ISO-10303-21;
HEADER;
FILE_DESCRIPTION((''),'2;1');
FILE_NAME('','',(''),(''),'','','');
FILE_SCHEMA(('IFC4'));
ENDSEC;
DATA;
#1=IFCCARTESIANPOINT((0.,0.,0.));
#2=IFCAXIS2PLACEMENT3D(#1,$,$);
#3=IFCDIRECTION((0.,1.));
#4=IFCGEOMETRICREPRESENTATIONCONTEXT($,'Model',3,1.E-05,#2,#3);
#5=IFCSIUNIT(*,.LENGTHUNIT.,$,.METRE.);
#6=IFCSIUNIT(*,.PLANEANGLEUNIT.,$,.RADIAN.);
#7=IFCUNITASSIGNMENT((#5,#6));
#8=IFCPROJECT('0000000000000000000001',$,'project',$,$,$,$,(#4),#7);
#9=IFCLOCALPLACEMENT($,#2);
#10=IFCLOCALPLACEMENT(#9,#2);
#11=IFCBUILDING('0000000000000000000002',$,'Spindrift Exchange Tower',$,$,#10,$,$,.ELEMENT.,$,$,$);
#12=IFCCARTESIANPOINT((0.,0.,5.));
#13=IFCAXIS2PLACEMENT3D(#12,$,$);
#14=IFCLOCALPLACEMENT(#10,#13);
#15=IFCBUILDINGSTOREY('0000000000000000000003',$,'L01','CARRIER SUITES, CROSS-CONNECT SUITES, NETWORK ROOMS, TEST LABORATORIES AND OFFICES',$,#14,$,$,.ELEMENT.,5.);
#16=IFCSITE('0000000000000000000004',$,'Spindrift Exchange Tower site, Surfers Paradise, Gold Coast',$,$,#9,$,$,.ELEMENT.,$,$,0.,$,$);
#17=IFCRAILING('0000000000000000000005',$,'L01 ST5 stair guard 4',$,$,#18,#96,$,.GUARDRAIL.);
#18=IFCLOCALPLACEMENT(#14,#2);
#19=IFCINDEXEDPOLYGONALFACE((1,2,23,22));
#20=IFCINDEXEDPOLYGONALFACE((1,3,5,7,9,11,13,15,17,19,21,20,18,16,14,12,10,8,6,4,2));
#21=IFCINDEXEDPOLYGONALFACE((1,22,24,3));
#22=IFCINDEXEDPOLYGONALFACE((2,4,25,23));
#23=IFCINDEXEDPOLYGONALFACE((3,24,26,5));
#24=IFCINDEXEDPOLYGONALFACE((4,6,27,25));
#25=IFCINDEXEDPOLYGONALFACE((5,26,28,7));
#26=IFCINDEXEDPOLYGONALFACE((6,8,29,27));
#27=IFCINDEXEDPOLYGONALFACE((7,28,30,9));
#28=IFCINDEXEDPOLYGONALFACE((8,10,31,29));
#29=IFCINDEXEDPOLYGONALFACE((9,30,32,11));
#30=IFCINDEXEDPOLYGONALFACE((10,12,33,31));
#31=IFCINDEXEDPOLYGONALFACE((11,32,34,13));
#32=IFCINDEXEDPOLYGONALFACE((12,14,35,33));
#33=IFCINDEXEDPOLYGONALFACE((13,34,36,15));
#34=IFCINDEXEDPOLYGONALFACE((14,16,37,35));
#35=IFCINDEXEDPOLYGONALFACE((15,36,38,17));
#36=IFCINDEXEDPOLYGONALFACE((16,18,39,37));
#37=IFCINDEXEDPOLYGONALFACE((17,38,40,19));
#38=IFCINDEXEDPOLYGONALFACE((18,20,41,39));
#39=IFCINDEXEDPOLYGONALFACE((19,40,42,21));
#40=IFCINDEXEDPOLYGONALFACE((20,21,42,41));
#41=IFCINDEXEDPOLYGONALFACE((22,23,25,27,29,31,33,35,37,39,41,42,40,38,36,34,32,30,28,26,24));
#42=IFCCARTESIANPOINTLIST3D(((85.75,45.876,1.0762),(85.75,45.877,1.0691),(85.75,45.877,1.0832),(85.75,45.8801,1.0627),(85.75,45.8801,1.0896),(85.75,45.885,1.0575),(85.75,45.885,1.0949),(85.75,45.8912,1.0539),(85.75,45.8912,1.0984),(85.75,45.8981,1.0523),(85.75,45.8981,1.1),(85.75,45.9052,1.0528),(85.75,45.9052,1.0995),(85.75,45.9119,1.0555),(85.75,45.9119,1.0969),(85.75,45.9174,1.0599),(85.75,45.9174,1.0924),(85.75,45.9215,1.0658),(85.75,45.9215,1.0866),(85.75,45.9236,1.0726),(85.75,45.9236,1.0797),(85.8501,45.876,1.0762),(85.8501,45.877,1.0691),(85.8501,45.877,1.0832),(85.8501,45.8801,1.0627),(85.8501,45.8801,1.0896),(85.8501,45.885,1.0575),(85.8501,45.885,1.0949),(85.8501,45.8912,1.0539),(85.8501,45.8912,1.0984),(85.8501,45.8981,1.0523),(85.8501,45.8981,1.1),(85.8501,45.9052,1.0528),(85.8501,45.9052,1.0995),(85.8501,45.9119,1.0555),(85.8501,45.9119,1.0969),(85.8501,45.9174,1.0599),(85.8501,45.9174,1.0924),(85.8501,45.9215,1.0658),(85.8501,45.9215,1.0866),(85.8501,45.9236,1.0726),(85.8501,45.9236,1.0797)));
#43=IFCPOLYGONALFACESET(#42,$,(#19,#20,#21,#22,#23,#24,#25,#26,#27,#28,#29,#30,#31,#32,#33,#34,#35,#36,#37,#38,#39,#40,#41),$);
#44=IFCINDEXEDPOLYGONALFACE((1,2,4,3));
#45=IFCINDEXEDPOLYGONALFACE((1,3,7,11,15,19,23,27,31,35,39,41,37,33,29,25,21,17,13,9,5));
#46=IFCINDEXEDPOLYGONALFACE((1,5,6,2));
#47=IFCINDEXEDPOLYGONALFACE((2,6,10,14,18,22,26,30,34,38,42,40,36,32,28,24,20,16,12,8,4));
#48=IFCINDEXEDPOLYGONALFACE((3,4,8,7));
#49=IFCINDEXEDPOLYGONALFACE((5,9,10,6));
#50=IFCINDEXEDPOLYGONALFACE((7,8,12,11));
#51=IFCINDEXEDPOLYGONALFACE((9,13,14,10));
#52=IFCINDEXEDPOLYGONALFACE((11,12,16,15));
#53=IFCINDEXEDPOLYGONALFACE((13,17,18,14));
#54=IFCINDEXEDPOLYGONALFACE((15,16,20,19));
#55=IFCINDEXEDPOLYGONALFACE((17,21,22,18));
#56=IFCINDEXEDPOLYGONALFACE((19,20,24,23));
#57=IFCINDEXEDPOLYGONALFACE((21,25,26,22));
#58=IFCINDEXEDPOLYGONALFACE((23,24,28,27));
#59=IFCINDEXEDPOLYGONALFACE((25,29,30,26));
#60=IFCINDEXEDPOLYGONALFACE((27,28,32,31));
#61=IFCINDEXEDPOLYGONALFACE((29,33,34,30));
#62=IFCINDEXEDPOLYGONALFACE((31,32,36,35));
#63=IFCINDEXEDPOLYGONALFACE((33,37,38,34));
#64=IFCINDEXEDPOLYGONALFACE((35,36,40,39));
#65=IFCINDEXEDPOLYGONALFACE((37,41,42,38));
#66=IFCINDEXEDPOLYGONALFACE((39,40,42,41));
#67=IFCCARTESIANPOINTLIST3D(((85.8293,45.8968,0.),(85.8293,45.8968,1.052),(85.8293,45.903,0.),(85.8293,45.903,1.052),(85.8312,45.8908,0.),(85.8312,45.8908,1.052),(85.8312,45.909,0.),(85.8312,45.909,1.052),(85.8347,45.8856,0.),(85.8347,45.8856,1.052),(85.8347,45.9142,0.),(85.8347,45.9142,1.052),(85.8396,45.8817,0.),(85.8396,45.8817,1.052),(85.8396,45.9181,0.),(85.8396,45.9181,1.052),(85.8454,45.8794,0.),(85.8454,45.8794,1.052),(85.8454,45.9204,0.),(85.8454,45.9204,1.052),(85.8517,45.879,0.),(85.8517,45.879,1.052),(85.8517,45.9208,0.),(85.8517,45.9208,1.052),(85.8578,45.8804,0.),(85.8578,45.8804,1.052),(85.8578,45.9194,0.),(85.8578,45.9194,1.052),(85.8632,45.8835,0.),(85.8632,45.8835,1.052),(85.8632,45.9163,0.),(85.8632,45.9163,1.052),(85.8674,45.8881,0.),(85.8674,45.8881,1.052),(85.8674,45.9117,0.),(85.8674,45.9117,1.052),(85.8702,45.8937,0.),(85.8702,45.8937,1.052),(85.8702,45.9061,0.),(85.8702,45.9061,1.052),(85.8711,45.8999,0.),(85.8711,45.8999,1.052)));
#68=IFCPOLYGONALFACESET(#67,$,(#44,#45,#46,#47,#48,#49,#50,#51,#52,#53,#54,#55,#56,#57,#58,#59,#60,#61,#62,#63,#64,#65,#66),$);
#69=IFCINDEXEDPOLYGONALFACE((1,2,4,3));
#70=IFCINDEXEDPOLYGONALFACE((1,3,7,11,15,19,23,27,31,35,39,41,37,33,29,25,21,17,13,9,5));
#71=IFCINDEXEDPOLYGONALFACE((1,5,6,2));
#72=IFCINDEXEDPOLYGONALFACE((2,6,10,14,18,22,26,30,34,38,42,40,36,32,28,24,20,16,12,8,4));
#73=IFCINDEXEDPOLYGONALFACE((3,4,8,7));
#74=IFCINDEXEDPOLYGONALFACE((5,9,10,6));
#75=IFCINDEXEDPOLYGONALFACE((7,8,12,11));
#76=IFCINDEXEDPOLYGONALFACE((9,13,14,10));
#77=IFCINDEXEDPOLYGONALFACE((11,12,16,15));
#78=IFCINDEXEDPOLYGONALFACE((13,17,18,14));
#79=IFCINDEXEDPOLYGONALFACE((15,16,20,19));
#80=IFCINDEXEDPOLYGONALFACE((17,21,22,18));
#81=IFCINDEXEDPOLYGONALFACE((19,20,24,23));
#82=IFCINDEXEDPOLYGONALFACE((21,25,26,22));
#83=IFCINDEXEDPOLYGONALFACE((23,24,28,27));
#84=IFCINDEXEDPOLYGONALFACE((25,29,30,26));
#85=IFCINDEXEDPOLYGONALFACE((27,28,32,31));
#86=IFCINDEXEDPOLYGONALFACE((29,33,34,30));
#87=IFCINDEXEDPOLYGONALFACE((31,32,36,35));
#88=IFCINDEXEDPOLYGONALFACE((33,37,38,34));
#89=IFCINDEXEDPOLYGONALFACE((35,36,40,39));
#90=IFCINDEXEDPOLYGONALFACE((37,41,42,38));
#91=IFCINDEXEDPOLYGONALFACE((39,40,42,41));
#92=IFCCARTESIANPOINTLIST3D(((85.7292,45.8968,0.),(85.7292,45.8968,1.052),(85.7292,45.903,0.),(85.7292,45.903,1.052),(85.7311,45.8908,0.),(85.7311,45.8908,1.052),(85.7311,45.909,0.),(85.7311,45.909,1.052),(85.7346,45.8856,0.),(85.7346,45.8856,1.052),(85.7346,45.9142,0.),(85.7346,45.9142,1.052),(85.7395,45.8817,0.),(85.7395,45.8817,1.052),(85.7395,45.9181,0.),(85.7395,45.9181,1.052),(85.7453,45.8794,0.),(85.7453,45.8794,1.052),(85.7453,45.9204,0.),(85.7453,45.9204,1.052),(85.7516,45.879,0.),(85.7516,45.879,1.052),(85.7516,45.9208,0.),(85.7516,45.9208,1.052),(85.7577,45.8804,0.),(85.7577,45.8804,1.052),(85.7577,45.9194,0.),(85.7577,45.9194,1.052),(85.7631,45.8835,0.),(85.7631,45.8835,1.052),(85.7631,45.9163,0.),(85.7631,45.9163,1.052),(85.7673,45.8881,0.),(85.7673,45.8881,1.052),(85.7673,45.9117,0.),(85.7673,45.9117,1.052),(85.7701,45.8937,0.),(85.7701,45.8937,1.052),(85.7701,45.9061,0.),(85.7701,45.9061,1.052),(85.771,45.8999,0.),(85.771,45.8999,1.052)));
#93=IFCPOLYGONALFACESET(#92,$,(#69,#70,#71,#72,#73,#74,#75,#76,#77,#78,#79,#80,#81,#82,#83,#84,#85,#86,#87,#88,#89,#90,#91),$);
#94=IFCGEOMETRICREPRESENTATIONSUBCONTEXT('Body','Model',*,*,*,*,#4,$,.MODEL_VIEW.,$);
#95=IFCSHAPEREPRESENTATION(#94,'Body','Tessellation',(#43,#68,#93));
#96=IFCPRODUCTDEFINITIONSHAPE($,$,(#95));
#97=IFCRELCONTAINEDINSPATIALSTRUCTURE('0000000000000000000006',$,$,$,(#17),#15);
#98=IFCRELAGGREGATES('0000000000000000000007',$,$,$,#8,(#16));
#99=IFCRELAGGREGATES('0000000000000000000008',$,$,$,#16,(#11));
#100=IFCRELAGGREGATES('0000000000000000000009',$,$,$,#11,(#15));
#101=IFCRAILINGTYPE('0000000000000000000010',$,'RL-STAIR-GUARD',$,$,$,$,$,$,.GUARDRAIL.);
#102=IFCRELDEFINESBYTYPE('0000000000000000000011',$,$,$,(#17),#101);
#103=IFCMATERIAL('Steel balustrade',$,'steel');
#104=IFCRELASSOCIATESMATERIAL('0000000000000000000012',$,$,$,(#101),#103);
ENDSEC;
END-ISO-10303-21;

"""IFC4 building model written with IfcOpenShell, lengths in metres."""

from ifc_helpers import new_model, si_unit, direction, frame, origin, origin_2d, place, context, subcontext, project, spatial, circle, extrude, material, type_object, element, save


model = new_model("IFC4")

# Units and contexts
model_context = context("Model", 3, precision=1e-05, world=origin(), true_north=direction((0.0, 1.0)))
body_context = subcontext(model_context, "Body", "Model", "MODEL_VIEW")
ifc_project = project(units=[si_unit("LENGTHUNIT", "METRE"), si_unit("PLANEANGLEUNIT", "RADIAN")], contexts=[model_context])

# Site, building, storey
site_placement = place(None, origin())
site = spatial("IfcSite", under=ifc_project, at=site_placement, Name="Spindrift Exchange Tower site, Surfers Paradise, Gold Coast", CompositionType="ELEMENT", RefElevation=0.0)
building_placement = place(site_placement, origin())
building = spatial("IfcBuilding", under=site, at=building_placement, Name="Spindrift Exchange Tower", CompositionType="ELEMENT")
storey_placement = place(building_placement, frame((0.0, 0.0, 5.0)))
storey = spatial("IfcBuildingStorey", under=building, at=storey_placement, Name="L01", Description="CARRIER SUITES, CROSS-CONNECT SUITES, NETWORK ROOMS, TEST LABORATORIES AND OFFICES", CompositionType="ELEMENT", Elevation=5.0)

# Railing
ifc_material_1 = material(Name="Steel balustrade", Category="steel")
railing_type_1 = type_object("IfcRailingType", Name="RL-STAIR-GUARD", PredefinedType="GUARDRAIL", material=ifc_material_1)
railing_1_placement = place(storey_placement, frame((85.8501, 45.8999, 0.0)))
element("IfcRailing", 1, at=railing_1_placement, inside=storey, type_object=railing_type_1, Name="L01 ST5 stair guard 4", PredefinedType="GUARDRAIL", context=body_context, shape_type="SweptSolid", body=[
    extrude(circle(Radius=0.0239, at=origin_2d()), frame((0.0, 0.0, 1.0762), z_axis=(-1.0, 0.0, 0.0), x_axis=(0.0, -1.0, 0.0)), (0.0, 0.0, 1.0), 0.1001),
    extrude(circle(Radius=0.021, at=origin_2d()), origin(), (0.0, 0.0, 1.0), 1.052),
    extrude(circle(Radius=0.021, at=origin_2d()), frame((-0.1001, 0.0, 0.0)), (0.0, 0.0, 1.0), 1.052),
])

save(model, "model.ifc")
